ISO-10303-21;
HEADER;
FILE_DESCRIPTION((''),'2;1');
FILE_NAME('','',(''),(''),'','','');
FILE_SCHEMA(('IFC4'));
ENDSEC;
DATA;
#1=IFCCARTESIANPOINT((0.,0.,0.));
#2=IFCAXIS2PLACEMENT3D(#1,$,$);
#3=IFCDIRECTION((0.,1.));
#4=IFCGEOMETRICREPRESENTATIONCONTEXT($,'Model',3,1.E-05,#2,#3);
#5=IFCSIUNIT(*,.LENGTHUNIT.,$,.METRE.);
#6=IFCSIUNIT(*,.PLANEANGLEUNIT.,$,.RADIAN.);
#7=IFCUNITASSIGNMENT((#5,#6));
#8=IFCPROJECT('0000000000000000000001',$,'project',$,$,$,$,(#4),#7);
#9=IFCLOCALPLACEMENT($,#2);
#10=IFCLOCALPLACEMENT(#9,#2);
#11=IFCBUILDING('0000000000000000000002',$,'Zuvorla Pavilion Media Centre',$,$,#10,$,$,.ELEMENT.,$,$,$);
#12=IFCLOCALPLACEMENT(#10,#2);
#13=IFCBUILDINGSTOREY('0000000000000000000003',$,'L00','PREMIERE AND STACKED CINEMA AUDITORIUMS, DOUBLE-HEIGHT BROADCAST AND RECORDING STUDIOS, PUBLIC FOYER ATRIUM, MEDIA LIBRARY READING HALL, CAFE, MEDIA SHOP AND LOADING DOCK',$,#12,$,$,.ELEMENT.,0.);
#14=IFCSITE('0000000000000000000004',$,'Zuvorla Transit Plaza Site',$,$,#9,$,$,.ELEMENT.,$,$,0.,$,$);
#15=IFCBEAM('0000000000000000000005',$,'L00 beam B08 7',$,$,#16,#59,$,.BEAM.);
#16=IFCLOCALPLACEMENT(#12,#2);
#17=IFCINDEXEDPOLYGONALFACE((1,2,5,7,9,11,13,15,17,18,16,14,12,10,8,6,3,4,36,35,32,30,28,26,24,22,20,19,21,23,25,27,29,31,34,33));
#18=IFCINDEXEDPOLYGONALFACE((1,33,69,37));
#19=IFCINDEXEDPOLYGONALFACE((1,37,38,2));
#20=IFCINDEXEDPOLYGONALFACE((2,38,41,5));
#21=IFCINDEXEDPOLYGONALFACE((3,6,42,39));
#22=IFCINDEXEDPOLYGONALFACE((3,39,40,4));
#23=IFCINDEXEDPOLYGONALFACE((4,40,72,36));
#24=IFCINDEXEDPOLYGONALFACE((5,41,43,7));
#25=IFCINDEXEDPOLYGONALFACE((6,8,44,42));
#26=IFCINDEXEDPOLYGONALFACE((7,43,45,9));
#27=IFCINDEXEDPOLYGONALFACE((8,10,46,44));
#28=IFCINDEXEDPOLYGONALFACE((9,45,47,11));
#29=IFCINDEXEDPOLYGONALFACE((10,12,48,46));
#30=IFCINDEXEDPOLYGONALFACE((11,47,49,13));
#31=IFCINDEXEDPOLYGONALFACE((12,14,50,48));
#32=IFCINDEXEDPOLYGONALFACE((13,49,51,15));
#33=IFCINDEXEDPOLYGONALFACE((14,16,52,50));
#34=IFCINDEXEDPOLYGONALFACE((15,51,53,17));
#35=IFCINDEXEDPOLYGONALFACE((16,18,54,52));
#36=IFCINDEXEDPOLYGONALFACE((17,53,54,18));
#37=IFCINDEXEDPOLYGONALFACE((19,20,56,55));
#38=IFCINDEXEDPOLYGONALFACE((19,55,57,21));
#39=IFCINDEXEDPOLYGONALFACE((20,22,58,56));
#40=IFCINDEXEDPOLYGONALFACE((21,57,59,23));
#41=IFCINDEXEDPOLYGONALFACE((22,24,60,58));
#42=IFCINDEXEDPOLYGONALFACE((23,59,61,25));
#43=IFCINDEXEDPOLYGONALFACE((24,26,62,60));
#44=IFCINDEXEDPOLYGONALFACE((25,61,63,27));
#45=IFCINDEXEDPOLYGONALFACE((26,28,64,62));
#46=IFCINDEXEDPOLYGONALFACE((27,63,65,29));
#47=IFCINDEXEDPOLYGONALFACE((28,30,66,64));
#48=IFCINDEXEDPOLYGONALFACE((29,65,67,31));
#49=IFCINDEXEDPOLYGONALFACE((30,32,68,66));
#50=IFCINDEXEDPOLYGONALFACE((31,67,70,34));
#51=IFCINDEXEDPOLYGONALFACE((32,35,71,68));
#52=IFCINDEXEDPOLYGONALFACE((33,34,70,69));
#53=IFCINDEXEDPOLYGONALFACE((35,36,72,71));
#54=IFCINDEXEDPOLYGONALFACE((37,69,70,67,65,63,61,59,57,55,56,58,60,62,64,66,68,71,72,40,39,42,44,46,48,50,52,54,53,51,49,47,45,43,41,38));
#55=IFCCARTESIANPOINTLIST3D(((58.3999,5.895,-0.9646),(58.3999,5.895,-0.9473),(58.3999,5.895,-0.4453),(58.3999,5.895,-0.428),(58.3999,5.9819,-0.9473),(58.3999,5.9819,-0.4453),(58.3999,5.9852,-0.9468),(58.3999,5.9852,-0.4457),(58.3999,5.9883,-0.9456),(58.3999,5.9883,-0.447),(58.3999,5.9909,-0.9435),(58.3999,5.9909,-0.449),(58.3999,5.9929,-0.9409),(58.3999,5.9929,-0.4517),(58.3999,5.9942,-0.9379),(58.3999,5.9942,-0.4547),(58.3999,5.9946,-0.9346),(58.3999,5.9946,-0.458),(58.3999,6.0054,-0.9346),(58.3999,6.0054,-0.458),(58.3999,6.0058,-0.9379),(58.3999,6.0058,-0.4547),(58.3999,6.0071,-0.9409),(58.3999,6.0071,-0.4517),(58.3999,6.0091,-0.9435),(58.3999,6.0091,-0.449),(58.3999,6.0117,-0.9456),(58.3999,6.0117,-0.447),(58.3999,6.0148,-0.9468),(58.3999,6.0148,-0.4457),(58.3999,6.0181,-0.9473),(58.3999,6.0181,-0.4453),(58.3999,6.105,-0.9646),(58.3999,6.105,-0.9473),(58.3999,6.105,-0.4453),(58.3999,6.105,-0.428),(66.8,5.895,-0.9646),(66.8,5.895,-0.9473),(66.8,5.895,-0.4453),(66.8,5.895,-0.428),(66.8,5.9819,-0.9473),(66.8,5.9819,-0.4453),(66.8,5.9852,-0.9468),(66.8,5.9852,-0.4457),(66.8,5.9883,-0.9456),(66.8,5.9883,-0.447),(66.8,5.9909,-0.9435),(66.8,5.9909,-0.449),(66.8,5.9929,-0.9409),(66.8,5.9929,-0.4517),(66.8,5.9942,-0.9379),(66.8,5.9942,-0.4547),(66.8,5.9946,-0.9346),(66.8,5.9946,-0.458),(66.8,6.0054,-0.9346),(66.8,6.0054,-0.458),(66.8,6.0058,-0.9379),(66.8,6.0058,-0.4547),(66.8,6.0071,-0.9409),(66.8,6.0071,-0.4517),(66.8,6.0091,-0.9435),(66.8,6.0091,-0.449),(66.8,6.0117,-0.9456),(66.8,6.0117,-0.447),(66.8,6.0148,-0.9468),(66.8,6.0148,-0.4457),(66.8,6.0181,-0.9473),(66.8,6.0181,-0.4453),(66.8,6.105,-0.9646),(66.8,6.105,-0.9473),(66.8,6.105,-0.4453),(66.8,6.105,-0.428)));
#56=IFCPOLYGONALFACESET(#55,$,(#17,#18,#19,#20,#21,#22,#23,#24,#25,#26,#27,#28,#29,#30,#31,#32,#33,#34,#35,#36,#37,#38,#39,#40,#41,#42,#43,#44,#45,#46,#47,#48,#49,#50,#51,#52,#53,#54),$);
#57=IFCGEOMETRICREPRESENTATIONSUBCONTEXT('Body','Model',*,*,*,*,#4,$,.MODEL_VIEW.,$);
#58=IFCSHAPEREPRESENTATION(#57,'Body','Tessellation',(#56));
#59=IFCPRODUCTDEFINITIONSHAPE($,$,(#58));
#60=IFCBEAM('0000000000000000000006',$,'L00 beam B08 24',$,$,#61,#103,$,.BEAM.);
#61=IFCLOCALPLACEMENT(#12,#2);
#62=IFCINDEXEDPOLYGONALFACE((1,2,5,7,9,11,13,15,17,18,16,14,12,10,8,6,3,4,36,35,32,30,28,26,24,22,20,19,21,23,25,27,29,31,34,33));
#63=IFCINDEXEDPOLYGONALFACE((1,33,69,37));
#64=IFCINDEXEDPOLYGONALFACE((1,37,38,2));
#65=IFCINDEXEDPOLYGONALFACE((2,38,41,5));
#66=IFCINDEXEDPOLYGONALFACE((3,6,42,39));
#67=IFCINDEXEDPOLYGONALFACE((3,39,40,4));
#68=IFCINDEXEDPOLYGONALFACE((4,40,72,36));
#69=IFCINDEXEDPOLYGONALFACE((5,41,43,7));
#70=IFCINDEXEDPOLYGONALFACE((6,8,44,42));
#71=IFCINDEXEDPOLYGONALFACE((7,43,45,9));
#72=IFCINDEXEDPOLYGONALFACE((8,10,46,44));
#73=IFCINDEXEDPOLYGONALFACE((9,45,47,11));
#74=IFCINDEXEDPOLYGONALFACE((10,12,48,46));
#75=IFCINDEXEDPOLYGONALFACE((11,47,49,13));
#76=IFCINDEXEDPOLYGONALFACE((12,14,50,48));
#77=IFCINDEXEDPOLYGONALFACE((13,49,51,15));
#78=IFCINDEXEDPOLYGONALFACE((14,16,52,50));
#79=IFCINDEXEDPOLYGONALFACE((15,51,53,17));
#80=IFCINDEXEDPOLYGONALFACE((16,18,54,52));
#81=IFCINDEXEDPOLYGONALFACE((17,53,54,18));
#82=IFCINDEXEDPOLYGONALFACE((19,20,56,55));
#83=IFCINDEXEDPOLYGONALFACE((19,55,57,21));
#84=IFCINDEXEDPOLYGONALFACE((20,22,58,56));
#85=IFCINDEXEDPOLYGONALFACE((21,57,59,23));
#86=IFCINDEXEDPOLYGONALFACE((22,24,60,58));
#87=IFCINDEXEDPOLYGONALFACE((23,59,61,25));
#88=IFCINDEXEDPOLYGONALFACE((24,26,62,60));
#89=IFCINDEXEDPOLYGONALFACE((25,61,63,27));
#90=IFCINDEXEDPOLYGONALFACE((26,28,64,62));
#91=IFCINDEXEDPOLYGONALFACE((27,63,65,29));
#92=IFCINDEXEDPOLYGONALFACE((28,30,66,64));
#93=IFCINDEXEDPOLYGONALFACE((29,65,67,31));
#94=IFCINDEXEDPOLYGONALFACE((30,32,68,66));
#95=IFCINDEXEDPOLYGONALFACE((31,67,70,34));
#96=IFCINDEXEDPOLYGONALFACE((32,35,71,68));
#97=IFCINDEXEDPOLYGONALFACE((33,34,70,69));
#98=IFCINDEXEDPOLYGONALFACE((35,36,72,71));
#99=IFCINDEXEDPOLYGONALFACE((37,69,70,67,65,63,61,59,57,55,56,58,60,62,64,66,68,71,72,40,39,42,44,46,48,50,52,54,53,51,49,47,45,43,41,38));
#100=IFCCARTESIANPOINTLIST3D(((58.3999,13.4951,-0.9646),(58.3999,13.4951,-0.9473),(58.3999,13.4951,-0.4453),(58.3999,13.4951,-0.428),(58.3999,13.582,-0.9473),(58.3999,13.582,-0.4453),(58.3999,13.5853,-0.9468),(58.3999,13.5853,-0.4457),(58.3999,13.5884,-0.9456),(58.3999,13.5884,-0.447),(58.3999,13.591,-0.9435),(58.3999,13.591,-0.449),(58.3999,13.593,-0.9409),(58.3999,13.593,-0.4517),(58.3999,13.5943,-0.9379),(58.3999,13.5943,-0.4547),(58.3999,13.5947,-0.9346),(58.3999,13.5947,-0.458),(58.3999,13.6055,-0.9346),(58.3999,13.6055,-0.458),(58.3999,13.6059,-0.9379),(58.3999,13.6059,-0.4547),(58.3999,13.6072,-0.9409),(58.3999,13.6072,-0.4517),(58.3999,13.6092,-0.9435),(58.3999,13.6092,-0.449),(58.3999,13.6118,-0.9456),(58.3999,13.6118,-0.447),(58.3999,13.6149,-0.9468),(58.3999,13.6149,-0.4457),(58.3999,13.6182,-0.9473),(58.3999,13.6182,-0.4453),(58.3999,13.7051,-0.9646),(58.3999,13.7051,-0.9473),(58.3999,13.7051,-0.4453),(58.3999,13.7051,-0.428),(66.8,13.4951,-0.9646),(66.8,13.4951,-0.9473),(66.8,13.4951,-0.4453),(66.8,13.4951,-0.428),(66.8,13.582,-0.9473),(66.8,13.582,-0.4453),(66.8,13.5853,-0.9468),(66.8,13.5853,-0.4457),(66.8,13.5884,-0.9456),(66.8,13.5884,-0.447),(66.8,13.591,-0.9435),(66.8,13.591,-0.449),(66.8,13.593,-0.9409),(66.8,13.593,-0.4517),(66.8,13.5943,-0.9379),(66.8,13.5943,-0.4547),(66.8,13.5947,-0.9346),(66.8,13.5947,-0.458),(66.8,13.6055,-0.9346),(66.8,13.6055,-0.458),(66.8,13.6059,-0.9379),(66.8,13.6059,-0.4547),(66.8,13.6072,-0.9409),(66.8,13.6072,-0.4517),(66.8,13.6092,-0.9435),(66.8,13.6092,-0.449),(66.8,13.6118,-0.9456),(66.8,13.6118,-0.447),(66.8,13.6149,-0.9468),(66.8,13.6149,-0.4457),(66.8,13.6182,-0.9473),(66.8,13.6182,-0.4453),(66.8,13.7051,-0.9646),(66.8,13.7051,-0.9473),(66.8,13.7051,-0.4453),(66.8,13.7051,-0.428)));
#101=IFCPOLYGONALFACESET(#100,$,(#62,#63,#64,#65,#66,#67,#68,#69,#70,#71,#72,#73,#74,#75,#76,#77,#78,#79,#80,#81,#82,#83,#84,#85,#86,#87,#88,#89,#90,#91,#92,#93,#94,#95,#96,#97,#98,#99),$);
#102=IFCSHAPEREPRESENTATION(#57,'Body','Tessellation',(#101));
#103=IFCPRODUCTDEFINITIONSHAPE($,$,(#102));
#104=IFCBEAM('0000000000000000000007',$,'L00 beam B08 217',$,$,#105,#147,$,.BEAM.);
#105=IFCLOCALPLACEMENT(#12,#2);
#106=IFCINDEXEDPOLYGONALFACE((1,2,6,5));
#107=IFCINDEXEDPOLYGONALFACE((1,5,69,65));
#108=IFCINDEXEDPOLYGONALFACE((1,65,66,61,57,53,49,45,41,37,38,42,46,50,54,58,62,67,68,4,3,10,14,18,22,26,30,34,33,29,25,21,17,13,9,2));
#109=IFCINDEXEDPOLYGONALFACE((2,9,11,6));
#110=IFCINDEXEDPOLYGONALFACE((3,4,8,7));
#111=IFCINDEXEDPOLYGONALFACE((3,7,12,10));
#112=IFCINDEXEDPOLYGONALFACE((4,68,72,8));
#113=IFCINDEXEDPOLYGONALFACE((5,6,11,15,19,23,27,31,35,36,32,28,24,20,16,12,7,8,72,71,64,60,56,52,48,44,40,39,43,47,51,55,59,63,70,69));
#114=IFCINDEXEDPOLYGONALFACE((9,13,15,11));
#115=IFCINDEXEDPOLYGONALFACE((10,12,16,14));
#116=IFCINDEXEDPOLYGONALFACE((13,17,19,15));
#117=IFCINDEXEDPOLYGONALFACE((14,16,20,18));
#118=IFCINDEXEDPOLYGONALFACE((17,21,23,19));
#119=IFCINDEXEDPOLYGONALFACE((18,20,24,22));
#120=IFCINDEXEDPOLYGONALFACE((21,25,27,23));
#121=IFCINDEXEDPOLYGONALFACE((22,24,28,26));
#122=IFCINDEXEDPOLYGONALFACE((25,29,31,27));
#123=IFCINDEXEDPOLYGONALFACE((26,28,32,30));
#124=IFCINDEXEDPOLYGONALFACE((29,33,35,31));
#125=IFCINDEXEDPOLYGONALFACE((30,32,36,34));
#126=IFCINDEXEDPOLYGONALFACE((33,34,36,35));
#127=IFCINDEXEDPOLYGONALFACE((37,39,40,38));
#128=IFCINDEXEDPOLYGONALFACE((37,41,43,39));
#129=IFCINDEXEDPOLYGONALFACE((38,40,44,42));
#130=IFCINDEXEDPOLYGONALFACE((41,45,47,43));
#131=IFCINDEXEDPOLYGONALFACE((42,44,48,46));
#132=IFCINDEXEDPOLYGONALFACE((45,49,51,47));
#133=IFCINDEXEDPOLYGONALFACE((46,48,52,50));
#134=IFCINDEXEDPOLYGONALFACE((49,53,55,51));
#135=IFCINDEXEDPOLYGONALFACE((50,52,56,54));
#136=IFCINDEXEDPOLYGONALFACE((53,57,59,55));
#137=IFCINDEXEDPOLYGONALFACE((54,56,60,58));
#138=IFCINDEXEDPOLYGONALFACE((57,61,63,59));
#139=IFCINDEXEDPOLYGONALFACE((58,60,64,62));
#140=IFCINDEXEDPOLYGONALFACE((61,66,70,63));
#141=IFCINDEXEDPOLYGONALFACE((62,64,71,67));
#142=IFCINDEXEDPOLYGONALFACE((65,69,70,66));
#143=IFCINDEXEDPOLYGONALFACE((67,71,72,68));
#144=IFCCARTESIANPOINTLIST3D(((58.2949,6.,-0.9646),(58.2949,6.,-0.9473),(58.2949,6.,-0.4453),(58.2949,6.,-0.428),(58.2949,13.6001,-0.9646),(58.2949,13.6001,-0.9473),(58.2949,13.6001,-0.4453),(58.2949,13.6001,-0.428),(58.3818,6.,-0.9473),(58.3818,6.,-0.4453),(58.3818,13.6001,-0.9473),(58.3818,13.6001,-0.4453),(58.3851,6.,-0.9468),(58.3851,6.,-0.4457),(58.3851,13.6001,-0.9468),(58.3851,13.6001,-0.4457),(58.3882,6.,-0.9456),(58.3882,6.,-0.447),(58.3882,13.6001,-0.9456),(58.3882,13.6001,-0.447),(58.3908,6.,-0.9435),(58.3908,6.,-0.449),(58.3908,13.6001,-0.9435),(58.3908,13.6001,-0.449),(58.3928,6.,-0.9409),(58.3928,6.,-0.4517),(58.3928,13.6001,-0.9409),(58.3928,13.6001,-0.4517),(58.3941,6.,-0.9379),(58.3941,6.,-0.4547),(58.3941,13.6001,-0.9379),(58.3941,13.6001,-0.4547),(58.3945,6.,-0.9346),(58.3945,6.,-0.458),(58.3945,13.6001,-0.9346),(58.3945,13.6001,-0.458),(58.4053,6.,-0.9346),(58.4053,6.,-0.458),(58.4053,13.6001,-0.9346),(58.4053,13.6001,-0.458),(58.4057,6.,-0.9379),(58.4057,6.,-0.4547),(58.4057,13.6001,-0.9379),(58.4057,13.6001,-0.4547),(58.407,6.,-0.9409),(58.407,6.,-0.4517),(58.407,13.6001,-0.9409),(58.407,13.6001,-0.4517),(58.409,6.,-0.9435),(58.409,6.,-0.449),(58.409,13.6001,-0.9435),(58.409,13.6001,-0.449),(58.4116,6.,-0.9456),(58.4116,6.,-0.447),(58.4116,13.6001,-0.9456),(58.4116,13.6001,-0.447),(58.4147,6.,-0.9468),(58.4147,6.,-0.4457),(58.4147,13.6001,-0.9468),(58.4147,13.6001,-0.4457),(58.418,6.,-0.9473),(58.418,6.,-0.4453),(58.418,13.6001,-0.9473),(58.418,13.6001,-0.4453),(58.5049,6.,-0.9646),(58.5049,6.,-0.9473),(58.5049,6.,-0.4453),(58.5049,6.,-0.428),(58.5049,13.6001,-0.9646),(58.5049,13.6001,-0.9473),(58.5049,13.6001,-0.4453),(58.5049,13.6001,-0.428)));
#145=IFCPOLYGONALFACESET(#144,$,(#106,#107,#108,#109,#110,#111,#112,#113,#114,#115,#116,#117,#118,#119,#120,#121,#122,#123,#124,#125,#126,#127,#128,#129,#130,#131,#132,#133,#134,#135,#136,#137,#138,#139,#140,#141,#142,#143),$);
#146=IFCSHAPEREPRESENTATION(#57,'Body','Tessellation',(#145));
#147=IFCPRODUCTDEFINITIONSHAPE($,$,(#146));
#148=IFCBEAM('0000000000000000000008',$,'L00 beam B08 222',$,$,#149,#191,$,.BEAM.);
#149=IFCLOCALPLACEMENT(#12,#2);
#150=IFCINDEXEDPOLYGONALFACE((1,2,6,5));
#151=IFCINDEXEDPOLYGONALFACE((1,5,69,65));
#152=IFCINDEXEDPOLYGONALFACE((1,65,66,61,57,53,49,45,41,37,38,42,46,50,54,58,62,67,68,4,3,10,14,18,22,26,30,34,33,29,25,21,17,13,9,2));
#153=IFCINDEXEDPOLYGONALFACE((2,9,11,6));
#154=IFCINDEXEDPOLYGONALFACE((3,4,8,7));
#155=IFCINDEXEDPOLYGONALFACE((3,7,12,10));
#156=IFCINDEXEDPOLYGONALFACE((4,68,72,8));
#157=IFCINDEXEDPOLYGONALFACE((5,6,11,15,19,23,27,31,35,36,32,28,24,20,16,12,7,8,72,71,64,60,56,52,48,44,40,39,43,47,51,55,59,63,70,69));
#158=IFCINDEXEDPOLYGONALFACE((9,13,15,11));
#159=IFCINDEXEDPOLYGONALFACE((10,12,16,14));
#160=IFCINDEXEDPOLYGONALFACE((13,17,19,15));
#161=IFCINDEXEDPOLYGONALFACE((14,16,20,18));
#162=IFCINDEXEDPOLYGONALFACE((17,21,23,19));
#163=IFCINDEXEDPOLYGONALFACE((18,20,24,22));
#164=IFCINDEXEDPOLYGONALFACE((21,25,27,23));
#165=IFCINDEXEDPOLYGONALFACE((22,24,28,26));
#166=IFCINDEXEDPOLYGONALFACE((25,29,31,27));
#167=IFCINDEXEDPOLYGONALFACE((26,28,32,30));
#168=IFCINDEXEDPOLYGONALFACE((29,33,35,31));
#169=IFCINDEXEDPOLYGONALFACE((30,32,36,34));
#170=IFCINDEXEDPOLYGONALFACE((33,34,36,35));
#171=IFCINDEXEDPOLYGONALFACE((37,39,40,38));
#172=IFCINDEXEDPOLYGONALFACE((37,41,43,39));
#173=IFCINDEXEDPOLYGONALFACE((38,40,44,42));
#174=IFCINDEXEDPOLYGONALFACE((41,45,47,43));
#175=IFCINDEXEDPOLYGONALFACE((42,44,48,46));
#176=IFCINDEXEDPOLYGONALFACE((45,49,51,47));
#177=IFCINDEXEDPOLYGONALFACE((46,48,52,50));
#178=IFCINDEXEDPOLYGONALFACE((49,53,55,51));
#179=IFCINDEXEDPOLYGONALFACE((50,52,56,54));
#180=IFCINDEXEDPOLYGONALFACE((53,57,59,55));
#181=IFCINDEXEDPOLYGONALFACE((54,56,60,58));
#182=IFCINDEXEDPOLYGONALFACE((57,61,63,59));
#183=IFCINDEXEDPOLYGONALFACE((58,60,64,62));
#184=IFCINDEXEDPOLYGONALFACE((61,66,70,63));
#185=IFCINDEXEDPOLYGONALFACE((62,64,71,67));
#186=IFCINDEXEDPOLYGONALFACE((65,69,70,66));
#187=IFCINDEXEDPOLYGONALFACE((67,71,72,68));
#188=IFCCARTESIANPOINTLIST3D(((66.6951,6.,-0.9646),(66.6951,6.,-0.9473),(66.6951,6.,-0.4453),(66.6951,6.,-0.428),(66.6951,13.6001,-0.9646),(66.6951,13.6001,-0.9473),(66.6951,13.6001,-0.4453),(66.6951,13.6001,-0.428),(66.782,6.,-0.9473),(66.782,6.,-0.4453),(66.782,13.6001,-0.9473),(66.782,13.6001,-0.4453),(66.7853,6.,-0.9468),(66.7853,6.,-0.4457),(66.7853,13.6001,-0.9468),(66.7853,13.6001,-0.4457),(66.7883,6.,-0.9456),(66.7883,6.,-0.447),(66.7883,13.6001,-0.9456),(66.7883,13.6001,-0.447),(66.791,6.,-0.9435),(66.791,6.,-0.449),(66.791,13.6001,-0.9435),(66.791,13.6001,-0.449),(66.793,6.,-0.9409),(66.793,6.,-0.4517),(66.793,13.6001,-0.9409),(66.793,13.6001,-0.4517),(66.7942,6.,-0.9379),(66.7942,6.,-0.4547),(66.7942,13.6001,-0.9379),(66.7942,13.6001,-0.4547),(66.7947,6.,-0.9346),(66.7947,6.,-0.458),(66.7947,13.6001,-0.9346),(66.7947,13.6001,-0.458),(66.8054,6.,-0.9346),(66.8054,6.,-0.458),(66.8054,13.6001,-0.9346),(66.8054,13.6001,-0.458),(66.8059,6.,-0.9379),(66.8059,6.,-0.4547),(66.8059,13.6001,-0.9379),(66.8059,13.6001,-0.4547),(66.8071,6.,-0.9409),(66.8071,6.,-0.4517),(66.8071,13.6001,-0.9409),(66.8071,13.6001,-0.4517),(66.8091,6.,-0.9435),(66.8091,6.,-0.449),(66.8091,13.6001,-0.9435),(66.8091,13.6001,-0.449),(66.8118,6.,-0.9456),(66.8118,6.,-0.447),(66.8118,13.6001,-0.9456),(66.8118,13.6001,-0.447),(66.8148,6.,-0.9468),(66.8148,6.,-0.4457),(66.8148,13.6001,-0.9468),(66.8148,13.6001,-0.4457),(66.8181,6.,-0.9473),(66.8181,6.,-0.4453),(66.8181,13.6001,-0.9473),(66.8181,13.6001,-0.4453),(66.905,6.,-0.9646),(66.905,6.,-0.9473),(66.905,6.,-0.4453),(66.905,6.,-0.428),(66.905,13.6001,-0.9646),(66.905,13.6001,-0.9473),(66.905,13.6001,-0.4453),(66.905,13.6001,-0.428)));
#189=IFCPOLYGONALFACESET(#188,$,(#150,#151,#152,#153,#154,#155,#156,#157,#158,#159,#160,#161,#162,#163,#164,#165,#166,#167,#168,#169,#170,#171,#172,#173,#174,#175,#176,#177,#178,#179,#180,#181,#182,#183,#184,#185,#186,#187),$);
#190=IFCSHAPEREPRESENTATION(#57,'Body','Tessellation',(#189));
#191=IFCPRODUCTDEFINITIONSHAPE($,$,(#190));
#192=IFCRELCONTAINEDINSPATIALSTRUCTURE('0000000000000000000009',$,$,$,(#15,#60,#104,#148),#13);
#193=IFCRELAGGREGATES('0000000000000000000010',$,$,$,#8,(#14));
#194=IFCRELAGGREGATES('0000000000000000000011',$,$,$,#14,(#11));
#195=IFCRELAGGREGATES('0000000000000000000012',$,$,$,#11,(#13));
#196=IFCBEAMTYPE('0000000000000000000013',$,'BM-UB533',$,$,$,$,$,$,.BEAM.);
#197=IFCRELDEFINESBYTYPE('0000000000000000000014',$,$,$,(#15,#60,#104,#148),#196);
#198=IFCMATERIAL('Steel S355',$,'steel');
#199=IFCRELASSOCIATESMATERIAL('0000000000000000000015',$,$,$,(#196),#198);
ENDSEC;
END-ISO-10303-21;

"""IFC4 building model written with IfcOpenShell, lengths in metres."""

from ifc_helpers import new_model, si_unit, direction, frame, origin, origin_2d, place, context, subcontext, project, spatial, i_section, extrude, material, material_profile, profile_set, type_object, element, save


model = new_model("IFC4")

# Units and contexts
model_context = context("Model", 3, precision=1e-05, world=origin(), true_north=direction((0.0, 1.0)))
body_context = subcontext(model_context, "Body", "Model", "MODEL_VIEW")
ifc_project = project(units=[si_unit("LENGTHUNIT", "METRE"), si_unit("PLANEANGLEUNIT", "RADIAN")], contexts=[model_context])

# Site, building, storey
site_placement = place(None, origin())
site = spatial("IfcSite", under=ifc_project, at=site_placement, Name="Zuvorla Transit Plaza Site", CompositionType="ELEMENT", RefElevation=0.0)
building_placement = place(site_placement, origin())
building = spatial("IfcBuilding", under=site, at=building_placement, Name="Zuvorla Pavilion Media Centre", CompositionType="ELEMENT")
storey_placement = place(building_placement, origin())
storey = spatial("IfcBuildingStorey", under=building, at=storey_placement, Name="L00", Description="PREMIERE AND STACKED CINEMA AUDITORIUMS, DOUBLE-HEIGHT BROADCAST AND RECORDING STUDIOS, PUBLIC FOYER ATRIUM, MEDIA LIBRARY READING HALL, CAFE, MEDIA SHOP AND LOADING DOCK", CompositionType="ELEMENT", Elevation=0.0)

# Beams
ifc_material_1 = material(Name="Steel S355", Category="steel")
ifc_material_profile_1 = material_profile(ifc_material_1, i_section(OverallWidth=0.21, OverallDepth=0.5366, WebThickness=0.0107, FlangeThickness=0.0173, FilletRadius=0.0127, at=origin_2d()), Name="UB 533x210x101")
ifc_profile_set_1 = profile_set([ifc_material_profile_1], Name="Steel S355")
beam_type_1 = type_object("IfcBeamType", Name="BM-UB533", PredefinedType="BEAM", material=ifc_profile_set_1)
for number, where, z_axis, x_axis, name in (
    (1, (58.3999, 6.0, -0.6963), (1.0, 0.0, 0.0), (0.0, 1.0, 0.0), "L00 beam B08 7"),
    (2, (58.3999, 13.6001, -0.6963), (1.0, 0.0, 0.0), (0.0, 1.0, 0.0), "L00 beam B08 24"),
):
    element("IfcBeam", number, at=place(storey_placement, frame(where, z_axis=z_axis, x_axis=x_axis)), inside=storey, type_object=beam_type_1, Name=name, PredefinedType="BEAM", context=body_context, shape_type="SweptSolid", body=[
        extrude(i_section(OverallWidth=0.21, OverallDepth=0.5366, WebThickness=0.0107, FlangeThickness=0.0173, FilletRadius=0.0127, at=origin_2d()), origin(), (0.0, 0.0, 1.0), 8.4001),
    ])
for number, where, z_axis, x_axis, name in (
    (3, (58.3999, 6.0, -0.6963), (0.0, 1.0, 0.0), (-1.0, 0.0, 0.0), "L00 beam B08 217"),
    (4, (66.8, 6.0, -0.6963), (0.0, 1.0, 0.0), (-1.0, 0.0, 0.0), "L00 beam B08 222"),
):
    element("IfcBeam", number, at=place(storey_placement, frame(where, z_axis=z_axis, x_axis=x_axis)), inside=storey, type_object=beam_type_1, Name=name, PredefinedType="BEAM", context=body_context, shape_type="SweptSolid", body=[
        extrude(i_section(OverallWidth=0.21, OverallDepth=0.5366, WebThickness=0.0107, FlangeThickness=0.0173, FilletRadius=0.0127, at=origin_2d()), origin(), (0.0, 0.0, 1.0), 7.6001),
    ])

save(model, "model.ifc")
